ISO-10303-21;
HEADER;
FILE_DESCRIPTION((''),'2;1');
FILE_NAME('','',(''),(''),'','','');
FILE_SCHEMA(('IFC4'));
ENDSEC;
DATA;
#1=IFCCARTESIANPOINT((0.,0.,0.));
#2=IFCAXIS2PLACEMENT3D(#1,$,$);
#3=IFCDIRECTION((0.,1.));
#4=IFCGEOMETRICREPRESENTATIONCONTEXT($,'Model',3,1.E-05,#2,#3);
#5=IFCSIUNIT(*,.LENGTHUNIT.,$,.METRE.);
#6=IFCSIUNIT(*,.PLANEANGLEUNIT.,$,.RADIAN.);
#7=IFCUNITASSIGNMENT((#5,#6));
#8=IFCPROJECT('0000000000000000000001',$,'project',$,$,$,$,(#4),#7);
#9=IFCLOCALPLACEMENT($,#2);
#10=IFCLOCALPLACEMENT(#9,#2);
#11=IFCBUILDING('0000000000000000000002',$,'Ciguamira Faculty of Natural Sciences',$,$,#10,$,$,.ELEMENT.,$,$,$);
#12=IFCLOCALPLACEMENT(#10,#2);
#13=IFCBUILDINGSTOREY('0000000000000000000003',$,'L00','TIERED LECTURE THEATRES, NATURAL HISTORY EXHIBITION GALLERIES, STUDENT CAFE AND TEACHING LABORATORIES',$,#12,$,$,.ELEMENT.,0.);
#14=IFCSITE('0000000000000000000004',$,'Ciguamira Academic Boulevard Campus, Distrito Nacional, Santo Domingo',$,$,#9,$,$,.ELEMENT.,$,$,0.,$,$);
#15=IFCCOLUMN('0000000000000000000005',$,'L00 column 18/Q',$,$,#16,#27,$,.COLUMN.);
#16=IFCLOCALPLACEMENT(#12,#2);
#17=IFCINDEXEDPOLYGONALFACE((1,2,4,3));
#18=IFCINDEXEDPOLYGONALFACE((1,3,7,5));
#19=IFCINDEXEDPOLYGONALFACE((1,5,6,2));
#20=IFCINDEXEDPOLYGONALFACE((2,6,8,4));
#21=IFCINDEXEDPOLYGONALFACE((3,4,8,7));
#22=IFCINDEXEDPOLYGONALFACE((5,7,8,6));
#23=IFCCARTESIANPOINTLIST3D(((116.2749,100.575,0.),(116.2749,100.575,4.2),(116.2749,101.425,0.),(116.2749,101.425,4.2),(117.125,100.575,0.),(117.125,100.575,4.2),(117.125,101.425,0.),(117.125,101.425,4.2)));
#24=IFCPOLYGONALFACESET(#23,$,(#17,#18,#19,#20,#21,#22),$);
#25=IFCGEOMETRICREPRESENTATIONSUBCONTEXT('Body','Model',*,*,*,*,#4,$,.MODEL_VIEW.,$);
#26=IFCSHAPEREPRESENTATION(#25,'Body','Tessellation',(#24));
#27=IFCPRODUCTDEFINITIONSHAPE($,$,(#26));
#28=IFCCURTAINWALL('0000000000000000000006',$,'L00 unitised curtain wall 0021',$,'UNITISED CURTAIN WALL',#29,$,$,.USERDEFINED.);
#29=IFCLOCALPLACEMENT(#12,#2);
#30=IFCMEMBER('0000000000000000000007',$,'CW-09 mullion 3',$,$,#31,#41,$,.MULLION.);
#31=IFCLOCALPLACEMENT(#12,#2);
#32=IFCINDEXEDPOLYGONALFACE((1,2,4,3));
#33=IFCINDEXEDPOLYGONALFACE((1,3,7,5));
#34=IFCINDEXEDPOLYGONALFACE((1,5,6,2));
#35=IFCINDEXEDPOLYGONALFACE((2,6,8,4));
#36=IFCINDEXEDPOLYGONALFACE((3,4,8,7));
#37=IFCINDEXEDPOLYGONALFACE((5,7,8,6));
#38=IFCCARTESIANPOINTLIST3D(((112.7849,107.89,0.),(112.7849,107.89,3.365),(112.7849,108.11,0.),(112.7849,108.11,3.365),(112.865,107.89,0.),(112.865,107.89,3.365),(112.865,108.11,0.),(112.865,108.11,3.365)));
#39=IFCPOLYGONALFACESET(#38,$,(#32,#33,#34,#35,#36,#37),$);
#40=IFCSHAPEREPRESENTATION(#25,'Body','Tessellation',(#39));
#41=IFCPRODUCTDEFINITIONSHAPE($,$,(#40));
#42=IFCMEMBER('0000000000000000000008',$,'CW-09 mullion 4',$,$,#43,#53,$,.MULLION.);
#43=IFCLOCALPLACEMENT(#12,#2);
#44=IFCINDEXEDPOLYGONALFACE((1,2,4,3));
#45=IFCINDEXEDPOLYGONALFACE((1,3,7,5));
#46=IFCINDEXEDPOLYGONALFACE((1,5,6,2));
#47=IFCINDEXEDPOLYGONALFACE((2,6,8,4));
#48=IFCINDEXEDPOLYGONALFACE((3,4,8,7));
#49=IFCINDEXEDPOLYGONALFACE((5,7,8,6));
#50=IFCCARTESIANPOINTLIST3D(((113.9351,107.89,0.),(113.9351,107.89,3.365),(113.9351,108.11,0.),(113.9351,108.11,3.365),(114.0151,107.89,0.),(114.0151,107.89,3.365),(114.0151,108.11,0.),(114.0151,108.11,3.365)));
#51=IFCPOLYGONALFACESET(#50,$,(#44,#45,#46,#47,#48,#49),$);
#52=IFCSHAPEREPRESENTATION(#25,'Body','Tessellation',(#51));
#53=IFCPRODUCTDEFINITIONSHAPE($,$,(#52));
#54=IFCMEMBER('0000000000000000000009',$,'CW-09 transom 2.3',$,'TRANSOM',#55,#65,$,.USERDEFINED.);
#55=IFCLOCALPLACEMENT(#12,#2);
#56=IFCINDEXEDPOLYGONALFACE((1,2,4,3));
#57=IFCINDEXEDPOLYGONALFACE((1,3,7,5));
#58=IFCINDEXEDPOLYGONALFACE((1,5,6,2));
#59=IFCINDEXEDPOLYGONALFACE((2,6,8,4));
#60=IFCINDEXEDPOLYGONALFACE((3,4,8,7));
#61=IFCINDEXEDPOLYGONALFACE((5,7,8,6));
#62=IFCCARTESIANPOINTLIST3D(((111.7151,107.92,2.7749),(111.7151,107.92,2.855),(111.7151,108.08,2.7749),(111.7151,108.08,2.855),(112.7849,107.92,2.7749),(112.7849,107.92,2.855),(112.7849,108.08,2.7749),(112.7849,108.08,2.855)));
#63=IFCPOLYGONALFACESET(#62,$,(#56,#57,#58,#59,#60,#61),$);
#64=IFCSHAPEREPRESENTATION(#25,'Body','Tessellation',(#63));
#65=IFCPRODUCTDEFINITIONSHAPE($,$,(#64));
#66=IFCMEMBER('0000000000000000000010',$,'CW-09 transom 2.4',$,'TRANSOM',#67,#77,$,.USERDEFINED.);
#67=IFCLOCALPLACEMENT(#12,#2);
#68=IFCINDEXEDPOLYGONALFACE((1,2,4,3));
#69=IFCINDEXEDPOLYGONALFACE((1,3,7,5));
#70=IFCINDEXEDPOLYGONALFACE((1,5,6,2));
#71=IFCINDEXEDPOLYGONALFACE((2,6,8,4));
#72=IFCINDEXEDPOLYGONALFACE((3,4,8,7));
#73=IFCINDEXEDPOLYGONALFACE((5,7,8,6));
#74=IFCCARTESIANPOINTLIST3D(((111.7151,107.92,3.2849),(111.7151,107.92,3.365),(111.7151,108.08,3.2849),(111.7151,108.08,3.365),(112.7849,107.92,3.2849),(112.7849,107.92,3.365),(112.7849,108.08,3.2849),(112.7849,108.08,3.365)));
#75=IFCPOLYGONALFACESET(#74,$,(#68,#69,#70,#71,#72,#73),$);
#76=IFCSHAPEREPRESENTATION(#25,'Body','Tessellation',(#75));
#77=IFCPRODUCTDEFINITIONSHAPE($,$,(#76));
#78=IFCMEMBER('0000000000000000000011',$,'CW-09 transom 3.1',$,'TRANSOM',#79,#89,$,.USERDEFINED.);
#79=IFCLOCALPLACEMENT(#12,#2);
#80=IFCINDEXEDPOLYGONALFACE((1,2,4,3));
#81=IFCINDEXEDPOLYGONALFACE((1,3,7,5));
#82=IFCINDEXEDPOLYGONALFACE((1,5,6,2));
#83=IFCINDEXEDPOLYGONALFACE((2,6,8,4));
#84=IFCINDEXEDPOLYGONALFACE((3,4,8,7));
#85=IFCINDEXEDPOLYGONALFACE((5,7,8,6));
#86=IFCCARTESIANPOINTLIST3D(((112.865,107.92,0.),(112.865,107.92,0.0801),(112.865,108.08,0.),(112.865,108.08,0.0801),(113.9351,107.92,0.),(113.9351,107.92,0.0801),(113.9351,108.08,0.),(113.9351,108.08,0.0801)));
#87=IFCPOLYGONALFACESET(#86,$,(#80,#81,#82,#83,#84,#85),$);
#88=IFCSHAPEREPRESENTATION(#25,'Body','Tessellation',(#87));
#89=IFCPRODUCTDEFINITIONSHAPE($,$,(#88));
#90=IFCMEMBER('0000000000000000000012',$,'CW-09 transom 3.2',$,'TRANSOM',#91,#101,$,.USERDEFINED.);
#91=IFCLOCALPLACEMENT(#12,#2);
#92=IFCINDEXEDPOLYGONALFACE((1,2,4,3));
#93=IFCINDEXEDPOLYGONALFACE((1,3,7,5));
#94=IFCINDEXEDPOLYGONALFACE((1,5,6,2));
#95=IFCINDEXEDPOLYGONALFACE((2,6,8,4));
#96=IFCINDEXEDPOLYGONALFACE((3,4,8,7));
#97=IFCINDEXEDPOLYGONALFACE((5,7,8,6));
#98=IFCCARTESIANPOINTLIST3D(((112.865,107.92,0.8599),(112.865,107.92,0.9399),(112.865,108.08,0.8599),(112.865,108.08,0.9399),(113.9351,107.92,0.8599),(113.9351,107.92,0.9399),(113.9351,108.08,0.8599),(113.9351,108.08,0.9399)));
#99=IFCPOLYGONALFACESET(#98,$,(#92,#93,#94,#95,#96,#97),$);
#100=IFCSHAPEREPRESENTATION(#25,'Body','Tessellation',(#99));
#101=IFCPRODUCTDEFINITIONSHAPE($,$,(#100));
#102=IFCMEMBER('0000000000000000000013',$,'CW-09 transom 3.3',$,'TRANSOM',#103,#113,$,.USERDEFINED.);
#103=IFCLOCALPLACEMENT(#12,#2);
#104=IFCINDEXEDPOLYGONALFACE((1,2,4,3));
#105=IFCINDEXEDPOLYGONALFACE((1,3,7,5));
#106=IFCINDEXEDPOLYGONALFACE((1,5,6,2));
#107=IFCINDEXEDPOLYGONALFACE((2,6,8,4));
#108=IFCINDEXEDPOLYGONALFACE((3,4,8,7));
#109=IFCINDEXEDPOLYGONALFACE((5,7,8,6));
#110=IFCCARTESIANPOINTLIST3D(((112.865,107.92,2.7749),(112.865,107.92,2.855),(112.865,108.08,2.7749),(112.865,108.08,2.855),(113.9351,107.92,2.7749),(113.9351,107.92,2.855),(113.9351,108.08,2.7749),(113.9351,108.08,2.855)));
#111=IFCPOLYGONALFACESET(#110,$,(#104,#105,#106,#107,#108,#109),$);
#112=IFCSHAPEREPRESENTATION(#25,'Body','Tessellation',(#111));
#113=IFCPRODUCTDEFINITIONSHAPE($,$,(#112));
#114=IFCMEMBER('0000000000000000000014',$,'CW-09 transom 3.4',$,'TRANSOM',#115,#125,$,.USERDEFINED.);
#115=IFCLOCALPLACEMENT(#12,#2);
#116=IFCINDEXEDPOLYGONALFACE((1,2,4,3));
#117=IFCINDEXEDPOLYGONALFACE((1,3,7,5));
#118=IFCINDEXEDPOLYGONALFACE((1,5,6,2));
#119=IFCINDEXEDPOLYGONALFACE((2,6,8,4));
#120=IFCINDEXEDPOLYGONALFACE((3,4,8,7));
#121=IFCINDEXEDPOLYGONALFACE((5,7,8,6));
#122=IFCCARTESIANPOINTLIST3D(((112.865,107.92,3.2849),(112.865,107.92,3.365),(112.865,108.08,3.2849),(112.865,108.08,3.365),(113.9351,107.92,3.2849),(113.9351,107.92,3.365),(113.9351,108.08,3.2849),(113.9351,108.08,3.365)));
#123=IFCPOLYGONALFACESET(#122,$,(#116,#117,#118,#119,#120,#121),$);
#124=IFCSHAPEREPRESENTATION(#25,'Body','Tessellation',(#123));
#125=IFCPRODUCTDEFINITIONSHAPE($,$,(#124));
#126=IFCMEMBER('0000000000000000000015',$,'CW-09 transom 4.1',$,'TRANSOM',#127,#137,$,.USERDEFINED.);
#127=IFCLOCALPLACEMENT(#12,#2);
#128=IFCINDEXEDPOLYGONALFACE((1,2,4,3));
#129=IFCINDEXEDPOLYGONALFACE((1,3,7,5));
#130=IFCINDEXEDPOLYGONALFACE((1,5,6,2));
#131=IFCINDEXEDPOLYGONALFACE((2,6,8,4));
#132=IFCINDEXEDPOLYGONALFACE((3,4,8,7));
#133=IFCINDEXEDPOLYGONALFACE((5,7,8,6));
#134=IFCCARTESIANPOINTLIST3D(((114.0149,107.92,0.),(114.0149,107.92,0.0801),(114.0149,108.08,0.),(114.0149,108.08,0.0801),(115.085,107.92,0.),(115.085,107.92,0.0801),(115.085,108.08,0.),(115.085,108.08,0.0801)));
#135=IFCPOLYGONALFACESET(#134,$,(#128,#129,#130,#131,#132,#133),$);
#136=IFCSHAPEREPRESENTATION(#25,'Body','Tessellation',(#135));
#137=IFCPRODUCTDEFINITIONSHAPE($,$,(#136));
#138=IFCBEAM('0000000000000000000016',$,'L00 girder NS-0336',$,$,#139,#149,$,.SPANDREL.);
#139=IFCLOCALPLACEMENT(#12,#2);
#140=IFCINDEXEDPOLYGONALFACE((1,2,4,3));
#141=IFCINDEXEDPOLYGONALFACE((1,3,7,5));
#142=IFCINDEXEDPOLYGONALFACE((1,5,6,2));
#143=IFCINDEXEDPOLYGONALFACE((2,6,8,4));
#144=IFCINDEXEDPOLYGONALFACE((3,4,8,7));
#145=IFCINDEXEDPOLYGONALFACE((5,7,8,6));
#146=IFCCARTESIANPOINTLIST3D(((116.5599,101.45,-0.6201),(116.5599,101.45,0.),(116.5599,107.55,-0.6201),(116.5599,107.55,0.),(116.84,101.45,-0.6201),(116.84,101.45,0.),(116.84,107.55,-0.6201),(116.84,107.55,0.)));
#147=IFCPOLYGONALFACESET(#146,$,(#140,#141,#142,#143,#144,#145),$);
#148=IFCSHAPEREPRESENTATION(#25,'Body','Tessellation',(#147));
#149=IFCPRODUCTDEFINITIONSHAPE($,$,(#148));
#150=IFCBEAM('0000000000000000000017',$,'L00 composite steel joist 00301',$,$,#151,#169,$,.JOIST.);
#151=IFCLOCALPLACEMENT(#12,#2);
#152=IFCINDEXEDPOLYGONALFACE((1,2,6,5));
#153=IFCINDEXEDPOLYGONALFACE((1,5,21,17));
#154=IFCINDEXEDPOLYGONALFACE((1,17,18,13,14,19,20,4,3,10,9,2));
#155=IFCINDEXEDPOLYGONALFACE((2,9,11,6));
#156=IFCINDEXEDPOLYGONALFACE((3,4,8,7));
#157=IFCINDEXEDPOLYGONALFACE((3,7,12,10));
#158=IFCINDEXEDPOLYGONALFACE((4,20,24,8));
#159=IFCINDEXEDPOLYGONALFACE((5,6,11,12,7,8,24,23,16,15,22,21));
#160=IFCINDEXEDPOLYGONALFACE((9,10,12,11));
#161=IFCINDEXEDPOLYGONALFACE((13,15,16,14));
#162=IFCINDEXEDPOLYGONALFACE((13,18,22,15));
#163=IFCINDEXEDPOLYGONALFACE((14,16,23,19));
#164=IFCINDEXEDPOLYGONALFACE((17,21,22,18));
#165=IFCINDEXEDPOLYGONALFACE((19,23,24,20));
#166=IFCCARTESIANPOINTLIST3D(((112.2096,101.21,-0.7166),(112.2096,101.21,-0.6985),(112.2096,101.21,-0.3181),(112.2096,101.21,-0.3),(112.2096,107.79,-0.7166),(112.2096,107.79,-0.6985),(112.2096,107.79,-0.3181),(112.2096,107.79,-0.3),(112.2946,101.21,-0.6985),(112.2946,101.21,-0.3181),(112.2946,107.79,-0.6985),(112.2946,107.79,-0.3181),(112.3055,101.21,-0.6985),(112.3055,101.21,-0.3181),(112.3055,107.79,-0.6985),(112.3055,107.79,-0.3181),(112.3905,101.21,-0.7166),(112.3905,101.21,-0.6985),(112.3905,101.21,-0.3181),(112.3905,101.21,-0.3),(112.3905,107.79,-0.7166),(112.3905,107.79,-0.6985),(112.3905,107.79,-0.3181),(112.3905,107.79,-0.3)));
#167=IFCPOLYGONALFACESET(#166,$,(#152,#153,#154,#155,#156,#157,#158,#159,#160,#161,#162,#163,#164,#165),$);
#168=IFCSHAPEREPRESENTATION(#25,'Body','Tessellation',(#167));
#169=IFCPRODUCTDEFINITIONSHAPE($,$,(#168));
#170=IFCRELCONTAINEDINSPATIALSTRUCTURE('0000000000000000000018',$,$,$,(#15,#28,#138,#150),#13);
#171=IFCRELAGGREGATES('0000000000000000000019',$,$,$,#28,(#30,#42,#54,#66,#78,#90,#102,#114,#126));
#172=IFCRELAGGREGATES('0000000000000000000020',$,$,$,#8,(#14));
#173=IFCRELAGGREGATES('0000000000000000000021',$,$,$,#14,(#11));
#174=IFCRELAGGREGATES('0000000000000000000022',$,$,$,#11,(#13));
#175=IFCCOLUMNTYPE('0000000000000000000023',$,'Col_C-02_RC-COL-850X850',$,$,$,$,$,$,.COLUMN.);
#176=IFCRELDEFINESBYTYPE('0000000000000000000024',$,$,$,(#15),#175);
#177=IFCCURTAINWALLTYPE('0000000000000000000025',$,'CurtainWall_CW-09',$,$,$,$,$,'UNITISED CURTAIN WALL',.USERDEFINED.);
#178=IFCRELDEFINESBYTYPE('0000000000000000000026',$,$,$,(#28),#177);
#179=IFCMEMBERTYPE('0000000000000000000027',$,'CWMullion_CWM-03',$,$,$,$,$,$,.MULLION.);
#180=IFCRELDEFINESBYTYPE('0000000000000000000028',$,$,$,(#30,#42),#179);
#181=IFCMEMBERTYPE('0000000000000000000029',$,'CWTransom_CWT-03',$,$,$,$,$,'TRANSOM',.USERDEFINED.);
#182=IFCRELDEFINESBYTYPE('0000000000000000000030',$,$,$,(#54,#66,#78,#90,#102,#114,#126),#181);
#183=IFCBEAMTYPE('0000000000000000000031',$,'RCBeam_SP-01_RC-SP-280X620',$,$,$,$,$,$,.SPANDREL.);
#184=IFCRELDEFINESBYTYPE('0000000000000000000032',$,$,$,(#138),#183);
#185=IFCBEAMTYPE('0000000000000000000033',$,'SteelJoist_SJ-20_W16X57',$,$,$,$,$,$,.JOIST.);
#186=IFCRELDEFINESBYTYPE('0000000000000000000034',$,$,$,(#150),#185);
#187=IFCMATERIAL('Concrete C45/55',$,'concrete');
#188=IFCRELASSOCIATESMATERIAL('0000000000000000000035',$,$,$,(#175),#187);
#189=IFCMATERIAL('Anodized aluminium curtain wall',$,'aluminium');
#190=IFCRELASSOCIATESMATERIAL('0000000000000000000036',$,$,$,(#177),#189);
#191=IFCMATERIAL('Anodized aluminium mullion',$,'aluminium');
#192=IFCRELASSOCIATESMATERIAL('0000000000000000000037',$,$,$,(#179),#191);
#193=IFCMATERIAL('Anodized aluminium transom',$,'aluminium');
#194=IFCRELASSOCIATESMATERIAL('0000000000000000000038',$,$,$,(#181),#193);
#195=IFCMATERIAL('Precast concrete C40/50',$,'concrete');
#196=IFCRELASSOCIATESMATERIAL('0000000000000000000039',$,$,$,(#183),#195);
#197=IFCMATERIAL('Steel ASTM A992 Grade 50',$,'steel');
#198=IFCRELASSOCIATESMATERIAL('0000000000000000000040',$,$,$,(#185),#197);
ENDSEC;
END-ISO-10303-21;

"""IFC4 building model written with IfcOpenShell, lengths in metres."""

from ifc_helpers import new_model, si_unit, direction, frame, origin, origin_2d, place, context, subcontext, project, spatial, rectangle, i_section, extrude, material, material_profile, profile_set, type_object, element, aggregate, save


model = new_model("IFC4")

# Units and contexts
model_context = context("Model", 3, precision=1e-05, world=origin(), true_north=direction((0.0, 1.0)))
body_context = subcontext(model_context, "Body", "Model", "MODEL_VIEW")
ifc_project = project(units=[si_unit("LENGTHUNIT", "METRE"), si_unit("PLANEANGLEUNIT", "RADIAN")], contexts=[model_context])

# Site, building, storey
site_placement = place(None, origin())
site = spatial("IfcSite", under=ifc_project, at=site_placement, Name="Ciguamira Academic Boulevard Campus, Distrito Nacional, Santo Domingo", CompositionType="ELEMENT", RefElevation=0.0)
building_placement = place(site_placement, origin())
building = spatial("IfcBuilding", under=site, at=building_placement, Name="Ciguamira Faculty of Natural Sciences", CompositionType="ELEMENT")
storey_placement = place(building_placement, origin())
storey = spatial("IfcBuildingStorey", under=building, at=storey_placement, Name="L00", Description="TIERED LECTURE THEATRES, NATURAL HISTORY EXHIBITION GALLERIES, STUDENT CAFE AND TEACHING LABORATORIES", CompositionType="ELEMENT", Elevation=0.0)

# Column
ifc_material_1 = material(Name="Concrete C45/55", Category="concrete")
ifc_material_profile_1 = material_profile(ifc_material_1, rectangle(XDim=0.8501, YDim=0.8501, at=origin_2d()), Name="RC-COL-850X850")
ifc_profile_set_1 = profile_set([ifc_material_profile_1], Name="Concrete C45/55")
column_type = type_object("IfcColumnType", Name="Col_C-02_RC-COL-850X850", PredefinedType="COLUMN", material=ifc_profile_set_1)
column_placement = place(storey_placement, frame((116.7, 101.0, 0.0), z_axis=(0.0, 0.0, 1.0), x_axis=(1.0, 0.0, 0.0)))
element("IfcColumn", 1, at=column_placement, inside=storey, type_object=column_type, Name="L00 column 18/Q", PredefinedType="COLUMN", context=body_context, shape_type="SweptSolid", body=[
    extrude(rectangle(XDim=0.8501, YDim=0.8501, at=origin_2d()), origin(), (0.0, 0.0, 1.0), 4.2),
])

# Curtain wall, members
ifc_material_2 = material(Name="Anodized aluminium curtain wall", Category="aluminium")
curtain_wall_type = type_object("IfcCurtainWallType", Name="CurtainWall_CW-09", ElementType="UNITISED CURTAIN WALL", PredefinedType="USERDEFINED", material=ifc_material_2)
curtain_wall_placement = place(storey_placement, origin())
curtain_wall = element("IfcCurtainWall", 2, at=curtain_wall_placement, inside=storey, type_object=curtain_wall_type, Name="L00 unitised curtain wall 0021", ObjectType="UNITISED CURTAIN WALL", PredefinedType="USERDEFINED")
ifc_material_3 = material(Name="Anodized aluminium mullion", Category="aluminium")
ifc_material_profile_2 = material_profile(ifc_material_3, rectangle(XDim=0.0801, YDim=0.22, at=origin_2d()), Name="ALU-MUL-80X220")
ifc_profile_set_2 = profile_set([ifc_material_profile_2], Name="Anodized aluminium mullion")
member_type_1 = type_object("IfcMemberType", Name="CWMullion_CWM-03", PredefinedType="MULLION", material=ifc_profile_set_2)
member_1_placement = place(storey_placement, frame((112.825, 108.0, 0.0), z_axis=(0.0, 0.0, 1.0), x_axis=(1.0, 0.0, 0.0)))
member_1 = element("IfcMember", 3, at=member_1_placement, type_object=member_type_1, Name="CW-09 mullion 3", PredefinedType="MULLION", context=body_context, shape_type="SweptSolid", body=[
    extrude(rectangle(XDim=0.0801, YDim=0.22, at=origin_2d()), origin(), (0.0, 0.0, 1.0), 3.365),
])
member_2_placement = place(storey_placement, frame((113.9751, 108.0, 0.0), z_axis=(0.0, 0.0, 1.0), x_axis=(1.0, 0.0, 0.0)))
member_2 = element("IfcMember", 4, at=member_2_placement, type_object=member_type_1, Name="CW-09 mullion 4", PredefinedType="MULLION", context=body_context, shape_type="SweptSolid", body=[
    extrude(rectangle(XDim=0.0801, YDim=0.22, at=origin_2d()), origin(), (0.0, 0.0, 1.0), 3.365),
])
ifc_material_4 = material(Name="Anodized aluminium transom", Category="aluminium")
ifc_material_profile_3 = material_profile(ifc_material_4, rectangle(XDim=0.0801, YDim=0.1599, at=origin_2d()), Name="ALU-TRN-80X160")
ifc_profile_set_3 = profile_set([ifc_material_profile_3], Name="Anodized aluminium transom")
member_type_2 = type_object("IfcMemberType", Name="CWTransom_CWT-03", ElementType="TRANSOM", PredefinedType="USERDEFINED", material=ifc_profile_set_3)
member_3_placement = place(storey_placement, frame((111.7151, 108.0, 2.8149), z_axis=(1.0, 0.0, 0.0), x_axis=(0.0, 0.0, 1.0)))
member_3 = element("IfcMember", 5, at=member_3_placement, type_object=member_type_2, Name="CW-09 transom 2.3", ObjectType="TRANSOM", PredefinedType="USERDEFINED", context=body_context, shape_type="SweptSolid", body=[
    extrude(rectangle(XDim=0.0801, YDim=0.1599, at=origin_2d()), origin(), (0.0, 0.0, 1.0), 1.0698),
])
member_4_placement = place(storey_placement, frame((111.7151, 108.0, 3.325), z_axis=(1.0, 0.0, 0.0), x_axis=(0.0, 0.0, 1.0)))
member_4 = element("IfcMember", 6, at=member_4_placement, type_object=member_type_2, Name="CW-09 transom 2.4", ObjectType="TRANSOM", PredefinedType="USERDEFINED", context=body_context, shape_type="SweptSolid", body=[
    extrude(rectangle(XDim=0.0801, YDim=0.1599, at=origin_2d()), origin(), (0.0, 0.0, 1.0), 1.0698),
])
member_5_placement = place(storey_placement, frame((112.865, 108.0, 0.04), z_axis=(1.0, 0.0, 0.0), x_axis=(0.0, 0.0, 1.0)))
member_5 = element("IfcMember", 7, at=member_5_placement, type_object=member_type_2, Name="CW-09 transom 3.1", ObjectType="TRANSOM", PredefinedType="USERDEFINED", context=body_context, shape_type="SweptSolid", body=[
    extrude(rectangle(XDim=0.0801, YDim=0.1599, at=origin_2d()), origin(), (0.0, 0.0, 1.0), 1.0701),
])
member_6_placement = place(storey_placement, frame((112.865, 108.0, 0.8999), z_axis=(1.0, 0.0, 0.0), x_axis=(0.0, 0.0, 1.0)))
member_6 = element("IfcMember", 8, at=member_6_placement, type_object=member_type_2, Name="CW-09 transom 3.2", ObjectType="TRANSOM", PredefinedType="USERDEFINED", context=body_context, shape_type="SweptSolid", body=[
    extrude(rectangle(XDim=0.0801, YDim=0.1599, at=origin_2d()), origin(), (0.0, 0.0, 1.0), 1.0701),
])
member_7_placement = place(storey_placement, frame((112.865, 108.0, 2.8149), z_axis=(1.0, 0.0, 0.0), x_axis=(0.0, 0.0, 1.0)))
member_7 = element("IfcMember", 9, at=member_7_placement, type_object=member_type_2, Name="CW-09 transom 3.3", ObjectType="TRANSOM", PredefinedType="USERDEFINED", context=body_context, shape_type="SweptSolid", body=[
    extrude(rectangle(XDim=0.0801, YDim=0.1599, at=origin_2d()), origin(), (0.0, 0.0, 1.0), 1.0701),
])
member_8_placement = place(storey_placement, frame((112.865, 108.0, 3.325), z_axis=(1.0, 0.0, 0.0), x_axis=(0.0, 0.0, 1.0)))
member_8 = element("IfcMember", 10, at=member_8_placement, type_object=member_type_2, Name="CW-09 transom 3.4", ObjectType="TRANSOM", PredefinedType="USERDEFINED", context=body_context, shape_type="SweptSolid", body=[
    extrude(rectangle(XDim=0.0801, YDim=0.1599, at=origin_2d()), origin(), (0.0, 0.0, 1.0), 1.0701),
])
member_9_placement = place(storey_placement, frame((114.0149, 108.0, 0.04), z_axis=(1.0, 0.0, 0.0), x_axis=(0.0, 0.0, 1.0)))
member_9 = element("IfcMember", 11, at=member_9_placement, type_object=member_type_2, Name="CW-09 transom 4.1", ObjectType="TRANSOM", PredefinedType="USERDEFINED", context=body_context, shape_type="SweptSolid", body=[
    extrude(rectangle(XDim=0.0801, YDim=0.1599, at=origin_2d()), origin(), (0.0, 0.0, 1.0), 1.0701),
])

# Beams
ifc_material_5 = material(Name="Precast concrete C40/50", Category="concrete")
ifc_material_profile_4 = material_profile(ifc_material_5, rectangle(XDim=0.28, YDim=0.6201, at=origin_2d()), Name="RC-SP-280X620")
ifc_profile_set_4 = profile_set([ifc_material_profile_4], Name="Precast concrete C40/50")
beam_type_1 = type_object("IfcBeamType", Name="RCBeam_SP-01_RC-SP-280X620", PredefinedType="SPANDREL", material=ifc_profile_set_4)
beam_1_placement = place(storey_placement, frame((116.7, 101.45, -0.3101), z_axis=(0.0, 1.0, 0.0), x_axis=(-1.0, 0.0, 0.0)))
element("IfcBeam", 12, at=beam_1_placement, inside=storey, type_object=beam_type_1, Name="L00 girder NS-0336", PredefinedType="SPANDREL", context=body_context, shape_type="SweptSolid", body=[
    extrude(rectangle(XDim=0.28, YDim=0.6201, at=origin_2d()), origin(), (0.0, 0.0, 1.0), 6.1001),
])
ifc_material_6 = material(Name="Steel ASTM A992 Grade 50", Category="steel")
ifc_material_profile_5 = material_profile(ifc_material_6, i_section(OverallWidth=0.1809, OverallDepth=0.4165, WebThickness=0.011, FlangeThickness=0.0181, at=origin_2d()), Name="W16X57")
ifc_profile_set_5 = profile_set([ifc_material_profile_5], Name="Steel ASTM A992 Grade 50")
beam_type_2 = type_object("IfcBeamType", Name="SteelJoist_SJ-20_W16X57", PredefinedType="JOIST", material=ifc_profile_set_5)
beam_2_placement = place(storey_placement, frame((112.3, 101.21, -0.5083), z_axis=(0.0, 1.0, 0.0), x_axis=(-1.0, 0.0, 0.0)))
element("IfcBeam", 13, at=beam_2_placement, inside=storey, type_object=beam_type_2, Name="L00 composite steel joist 00301", PredefinedType="JOIST", context=body_context, shape_type="SweptSolid", body=[
    extrude(i_section(OverallWidth=0.1809, OverallDepth=0.4165, WebThickness=0.011, FlangeThickness=0.0181, at=origin_2d()), origin(), (0.0, 0.0, 1.0), 6.5801),
])

aggregate(curtain_wall, [member_1, member_2, member_3, member_4, member_5, member_6, member_7, member_8, member_9])

save(model, "model.ifc")
